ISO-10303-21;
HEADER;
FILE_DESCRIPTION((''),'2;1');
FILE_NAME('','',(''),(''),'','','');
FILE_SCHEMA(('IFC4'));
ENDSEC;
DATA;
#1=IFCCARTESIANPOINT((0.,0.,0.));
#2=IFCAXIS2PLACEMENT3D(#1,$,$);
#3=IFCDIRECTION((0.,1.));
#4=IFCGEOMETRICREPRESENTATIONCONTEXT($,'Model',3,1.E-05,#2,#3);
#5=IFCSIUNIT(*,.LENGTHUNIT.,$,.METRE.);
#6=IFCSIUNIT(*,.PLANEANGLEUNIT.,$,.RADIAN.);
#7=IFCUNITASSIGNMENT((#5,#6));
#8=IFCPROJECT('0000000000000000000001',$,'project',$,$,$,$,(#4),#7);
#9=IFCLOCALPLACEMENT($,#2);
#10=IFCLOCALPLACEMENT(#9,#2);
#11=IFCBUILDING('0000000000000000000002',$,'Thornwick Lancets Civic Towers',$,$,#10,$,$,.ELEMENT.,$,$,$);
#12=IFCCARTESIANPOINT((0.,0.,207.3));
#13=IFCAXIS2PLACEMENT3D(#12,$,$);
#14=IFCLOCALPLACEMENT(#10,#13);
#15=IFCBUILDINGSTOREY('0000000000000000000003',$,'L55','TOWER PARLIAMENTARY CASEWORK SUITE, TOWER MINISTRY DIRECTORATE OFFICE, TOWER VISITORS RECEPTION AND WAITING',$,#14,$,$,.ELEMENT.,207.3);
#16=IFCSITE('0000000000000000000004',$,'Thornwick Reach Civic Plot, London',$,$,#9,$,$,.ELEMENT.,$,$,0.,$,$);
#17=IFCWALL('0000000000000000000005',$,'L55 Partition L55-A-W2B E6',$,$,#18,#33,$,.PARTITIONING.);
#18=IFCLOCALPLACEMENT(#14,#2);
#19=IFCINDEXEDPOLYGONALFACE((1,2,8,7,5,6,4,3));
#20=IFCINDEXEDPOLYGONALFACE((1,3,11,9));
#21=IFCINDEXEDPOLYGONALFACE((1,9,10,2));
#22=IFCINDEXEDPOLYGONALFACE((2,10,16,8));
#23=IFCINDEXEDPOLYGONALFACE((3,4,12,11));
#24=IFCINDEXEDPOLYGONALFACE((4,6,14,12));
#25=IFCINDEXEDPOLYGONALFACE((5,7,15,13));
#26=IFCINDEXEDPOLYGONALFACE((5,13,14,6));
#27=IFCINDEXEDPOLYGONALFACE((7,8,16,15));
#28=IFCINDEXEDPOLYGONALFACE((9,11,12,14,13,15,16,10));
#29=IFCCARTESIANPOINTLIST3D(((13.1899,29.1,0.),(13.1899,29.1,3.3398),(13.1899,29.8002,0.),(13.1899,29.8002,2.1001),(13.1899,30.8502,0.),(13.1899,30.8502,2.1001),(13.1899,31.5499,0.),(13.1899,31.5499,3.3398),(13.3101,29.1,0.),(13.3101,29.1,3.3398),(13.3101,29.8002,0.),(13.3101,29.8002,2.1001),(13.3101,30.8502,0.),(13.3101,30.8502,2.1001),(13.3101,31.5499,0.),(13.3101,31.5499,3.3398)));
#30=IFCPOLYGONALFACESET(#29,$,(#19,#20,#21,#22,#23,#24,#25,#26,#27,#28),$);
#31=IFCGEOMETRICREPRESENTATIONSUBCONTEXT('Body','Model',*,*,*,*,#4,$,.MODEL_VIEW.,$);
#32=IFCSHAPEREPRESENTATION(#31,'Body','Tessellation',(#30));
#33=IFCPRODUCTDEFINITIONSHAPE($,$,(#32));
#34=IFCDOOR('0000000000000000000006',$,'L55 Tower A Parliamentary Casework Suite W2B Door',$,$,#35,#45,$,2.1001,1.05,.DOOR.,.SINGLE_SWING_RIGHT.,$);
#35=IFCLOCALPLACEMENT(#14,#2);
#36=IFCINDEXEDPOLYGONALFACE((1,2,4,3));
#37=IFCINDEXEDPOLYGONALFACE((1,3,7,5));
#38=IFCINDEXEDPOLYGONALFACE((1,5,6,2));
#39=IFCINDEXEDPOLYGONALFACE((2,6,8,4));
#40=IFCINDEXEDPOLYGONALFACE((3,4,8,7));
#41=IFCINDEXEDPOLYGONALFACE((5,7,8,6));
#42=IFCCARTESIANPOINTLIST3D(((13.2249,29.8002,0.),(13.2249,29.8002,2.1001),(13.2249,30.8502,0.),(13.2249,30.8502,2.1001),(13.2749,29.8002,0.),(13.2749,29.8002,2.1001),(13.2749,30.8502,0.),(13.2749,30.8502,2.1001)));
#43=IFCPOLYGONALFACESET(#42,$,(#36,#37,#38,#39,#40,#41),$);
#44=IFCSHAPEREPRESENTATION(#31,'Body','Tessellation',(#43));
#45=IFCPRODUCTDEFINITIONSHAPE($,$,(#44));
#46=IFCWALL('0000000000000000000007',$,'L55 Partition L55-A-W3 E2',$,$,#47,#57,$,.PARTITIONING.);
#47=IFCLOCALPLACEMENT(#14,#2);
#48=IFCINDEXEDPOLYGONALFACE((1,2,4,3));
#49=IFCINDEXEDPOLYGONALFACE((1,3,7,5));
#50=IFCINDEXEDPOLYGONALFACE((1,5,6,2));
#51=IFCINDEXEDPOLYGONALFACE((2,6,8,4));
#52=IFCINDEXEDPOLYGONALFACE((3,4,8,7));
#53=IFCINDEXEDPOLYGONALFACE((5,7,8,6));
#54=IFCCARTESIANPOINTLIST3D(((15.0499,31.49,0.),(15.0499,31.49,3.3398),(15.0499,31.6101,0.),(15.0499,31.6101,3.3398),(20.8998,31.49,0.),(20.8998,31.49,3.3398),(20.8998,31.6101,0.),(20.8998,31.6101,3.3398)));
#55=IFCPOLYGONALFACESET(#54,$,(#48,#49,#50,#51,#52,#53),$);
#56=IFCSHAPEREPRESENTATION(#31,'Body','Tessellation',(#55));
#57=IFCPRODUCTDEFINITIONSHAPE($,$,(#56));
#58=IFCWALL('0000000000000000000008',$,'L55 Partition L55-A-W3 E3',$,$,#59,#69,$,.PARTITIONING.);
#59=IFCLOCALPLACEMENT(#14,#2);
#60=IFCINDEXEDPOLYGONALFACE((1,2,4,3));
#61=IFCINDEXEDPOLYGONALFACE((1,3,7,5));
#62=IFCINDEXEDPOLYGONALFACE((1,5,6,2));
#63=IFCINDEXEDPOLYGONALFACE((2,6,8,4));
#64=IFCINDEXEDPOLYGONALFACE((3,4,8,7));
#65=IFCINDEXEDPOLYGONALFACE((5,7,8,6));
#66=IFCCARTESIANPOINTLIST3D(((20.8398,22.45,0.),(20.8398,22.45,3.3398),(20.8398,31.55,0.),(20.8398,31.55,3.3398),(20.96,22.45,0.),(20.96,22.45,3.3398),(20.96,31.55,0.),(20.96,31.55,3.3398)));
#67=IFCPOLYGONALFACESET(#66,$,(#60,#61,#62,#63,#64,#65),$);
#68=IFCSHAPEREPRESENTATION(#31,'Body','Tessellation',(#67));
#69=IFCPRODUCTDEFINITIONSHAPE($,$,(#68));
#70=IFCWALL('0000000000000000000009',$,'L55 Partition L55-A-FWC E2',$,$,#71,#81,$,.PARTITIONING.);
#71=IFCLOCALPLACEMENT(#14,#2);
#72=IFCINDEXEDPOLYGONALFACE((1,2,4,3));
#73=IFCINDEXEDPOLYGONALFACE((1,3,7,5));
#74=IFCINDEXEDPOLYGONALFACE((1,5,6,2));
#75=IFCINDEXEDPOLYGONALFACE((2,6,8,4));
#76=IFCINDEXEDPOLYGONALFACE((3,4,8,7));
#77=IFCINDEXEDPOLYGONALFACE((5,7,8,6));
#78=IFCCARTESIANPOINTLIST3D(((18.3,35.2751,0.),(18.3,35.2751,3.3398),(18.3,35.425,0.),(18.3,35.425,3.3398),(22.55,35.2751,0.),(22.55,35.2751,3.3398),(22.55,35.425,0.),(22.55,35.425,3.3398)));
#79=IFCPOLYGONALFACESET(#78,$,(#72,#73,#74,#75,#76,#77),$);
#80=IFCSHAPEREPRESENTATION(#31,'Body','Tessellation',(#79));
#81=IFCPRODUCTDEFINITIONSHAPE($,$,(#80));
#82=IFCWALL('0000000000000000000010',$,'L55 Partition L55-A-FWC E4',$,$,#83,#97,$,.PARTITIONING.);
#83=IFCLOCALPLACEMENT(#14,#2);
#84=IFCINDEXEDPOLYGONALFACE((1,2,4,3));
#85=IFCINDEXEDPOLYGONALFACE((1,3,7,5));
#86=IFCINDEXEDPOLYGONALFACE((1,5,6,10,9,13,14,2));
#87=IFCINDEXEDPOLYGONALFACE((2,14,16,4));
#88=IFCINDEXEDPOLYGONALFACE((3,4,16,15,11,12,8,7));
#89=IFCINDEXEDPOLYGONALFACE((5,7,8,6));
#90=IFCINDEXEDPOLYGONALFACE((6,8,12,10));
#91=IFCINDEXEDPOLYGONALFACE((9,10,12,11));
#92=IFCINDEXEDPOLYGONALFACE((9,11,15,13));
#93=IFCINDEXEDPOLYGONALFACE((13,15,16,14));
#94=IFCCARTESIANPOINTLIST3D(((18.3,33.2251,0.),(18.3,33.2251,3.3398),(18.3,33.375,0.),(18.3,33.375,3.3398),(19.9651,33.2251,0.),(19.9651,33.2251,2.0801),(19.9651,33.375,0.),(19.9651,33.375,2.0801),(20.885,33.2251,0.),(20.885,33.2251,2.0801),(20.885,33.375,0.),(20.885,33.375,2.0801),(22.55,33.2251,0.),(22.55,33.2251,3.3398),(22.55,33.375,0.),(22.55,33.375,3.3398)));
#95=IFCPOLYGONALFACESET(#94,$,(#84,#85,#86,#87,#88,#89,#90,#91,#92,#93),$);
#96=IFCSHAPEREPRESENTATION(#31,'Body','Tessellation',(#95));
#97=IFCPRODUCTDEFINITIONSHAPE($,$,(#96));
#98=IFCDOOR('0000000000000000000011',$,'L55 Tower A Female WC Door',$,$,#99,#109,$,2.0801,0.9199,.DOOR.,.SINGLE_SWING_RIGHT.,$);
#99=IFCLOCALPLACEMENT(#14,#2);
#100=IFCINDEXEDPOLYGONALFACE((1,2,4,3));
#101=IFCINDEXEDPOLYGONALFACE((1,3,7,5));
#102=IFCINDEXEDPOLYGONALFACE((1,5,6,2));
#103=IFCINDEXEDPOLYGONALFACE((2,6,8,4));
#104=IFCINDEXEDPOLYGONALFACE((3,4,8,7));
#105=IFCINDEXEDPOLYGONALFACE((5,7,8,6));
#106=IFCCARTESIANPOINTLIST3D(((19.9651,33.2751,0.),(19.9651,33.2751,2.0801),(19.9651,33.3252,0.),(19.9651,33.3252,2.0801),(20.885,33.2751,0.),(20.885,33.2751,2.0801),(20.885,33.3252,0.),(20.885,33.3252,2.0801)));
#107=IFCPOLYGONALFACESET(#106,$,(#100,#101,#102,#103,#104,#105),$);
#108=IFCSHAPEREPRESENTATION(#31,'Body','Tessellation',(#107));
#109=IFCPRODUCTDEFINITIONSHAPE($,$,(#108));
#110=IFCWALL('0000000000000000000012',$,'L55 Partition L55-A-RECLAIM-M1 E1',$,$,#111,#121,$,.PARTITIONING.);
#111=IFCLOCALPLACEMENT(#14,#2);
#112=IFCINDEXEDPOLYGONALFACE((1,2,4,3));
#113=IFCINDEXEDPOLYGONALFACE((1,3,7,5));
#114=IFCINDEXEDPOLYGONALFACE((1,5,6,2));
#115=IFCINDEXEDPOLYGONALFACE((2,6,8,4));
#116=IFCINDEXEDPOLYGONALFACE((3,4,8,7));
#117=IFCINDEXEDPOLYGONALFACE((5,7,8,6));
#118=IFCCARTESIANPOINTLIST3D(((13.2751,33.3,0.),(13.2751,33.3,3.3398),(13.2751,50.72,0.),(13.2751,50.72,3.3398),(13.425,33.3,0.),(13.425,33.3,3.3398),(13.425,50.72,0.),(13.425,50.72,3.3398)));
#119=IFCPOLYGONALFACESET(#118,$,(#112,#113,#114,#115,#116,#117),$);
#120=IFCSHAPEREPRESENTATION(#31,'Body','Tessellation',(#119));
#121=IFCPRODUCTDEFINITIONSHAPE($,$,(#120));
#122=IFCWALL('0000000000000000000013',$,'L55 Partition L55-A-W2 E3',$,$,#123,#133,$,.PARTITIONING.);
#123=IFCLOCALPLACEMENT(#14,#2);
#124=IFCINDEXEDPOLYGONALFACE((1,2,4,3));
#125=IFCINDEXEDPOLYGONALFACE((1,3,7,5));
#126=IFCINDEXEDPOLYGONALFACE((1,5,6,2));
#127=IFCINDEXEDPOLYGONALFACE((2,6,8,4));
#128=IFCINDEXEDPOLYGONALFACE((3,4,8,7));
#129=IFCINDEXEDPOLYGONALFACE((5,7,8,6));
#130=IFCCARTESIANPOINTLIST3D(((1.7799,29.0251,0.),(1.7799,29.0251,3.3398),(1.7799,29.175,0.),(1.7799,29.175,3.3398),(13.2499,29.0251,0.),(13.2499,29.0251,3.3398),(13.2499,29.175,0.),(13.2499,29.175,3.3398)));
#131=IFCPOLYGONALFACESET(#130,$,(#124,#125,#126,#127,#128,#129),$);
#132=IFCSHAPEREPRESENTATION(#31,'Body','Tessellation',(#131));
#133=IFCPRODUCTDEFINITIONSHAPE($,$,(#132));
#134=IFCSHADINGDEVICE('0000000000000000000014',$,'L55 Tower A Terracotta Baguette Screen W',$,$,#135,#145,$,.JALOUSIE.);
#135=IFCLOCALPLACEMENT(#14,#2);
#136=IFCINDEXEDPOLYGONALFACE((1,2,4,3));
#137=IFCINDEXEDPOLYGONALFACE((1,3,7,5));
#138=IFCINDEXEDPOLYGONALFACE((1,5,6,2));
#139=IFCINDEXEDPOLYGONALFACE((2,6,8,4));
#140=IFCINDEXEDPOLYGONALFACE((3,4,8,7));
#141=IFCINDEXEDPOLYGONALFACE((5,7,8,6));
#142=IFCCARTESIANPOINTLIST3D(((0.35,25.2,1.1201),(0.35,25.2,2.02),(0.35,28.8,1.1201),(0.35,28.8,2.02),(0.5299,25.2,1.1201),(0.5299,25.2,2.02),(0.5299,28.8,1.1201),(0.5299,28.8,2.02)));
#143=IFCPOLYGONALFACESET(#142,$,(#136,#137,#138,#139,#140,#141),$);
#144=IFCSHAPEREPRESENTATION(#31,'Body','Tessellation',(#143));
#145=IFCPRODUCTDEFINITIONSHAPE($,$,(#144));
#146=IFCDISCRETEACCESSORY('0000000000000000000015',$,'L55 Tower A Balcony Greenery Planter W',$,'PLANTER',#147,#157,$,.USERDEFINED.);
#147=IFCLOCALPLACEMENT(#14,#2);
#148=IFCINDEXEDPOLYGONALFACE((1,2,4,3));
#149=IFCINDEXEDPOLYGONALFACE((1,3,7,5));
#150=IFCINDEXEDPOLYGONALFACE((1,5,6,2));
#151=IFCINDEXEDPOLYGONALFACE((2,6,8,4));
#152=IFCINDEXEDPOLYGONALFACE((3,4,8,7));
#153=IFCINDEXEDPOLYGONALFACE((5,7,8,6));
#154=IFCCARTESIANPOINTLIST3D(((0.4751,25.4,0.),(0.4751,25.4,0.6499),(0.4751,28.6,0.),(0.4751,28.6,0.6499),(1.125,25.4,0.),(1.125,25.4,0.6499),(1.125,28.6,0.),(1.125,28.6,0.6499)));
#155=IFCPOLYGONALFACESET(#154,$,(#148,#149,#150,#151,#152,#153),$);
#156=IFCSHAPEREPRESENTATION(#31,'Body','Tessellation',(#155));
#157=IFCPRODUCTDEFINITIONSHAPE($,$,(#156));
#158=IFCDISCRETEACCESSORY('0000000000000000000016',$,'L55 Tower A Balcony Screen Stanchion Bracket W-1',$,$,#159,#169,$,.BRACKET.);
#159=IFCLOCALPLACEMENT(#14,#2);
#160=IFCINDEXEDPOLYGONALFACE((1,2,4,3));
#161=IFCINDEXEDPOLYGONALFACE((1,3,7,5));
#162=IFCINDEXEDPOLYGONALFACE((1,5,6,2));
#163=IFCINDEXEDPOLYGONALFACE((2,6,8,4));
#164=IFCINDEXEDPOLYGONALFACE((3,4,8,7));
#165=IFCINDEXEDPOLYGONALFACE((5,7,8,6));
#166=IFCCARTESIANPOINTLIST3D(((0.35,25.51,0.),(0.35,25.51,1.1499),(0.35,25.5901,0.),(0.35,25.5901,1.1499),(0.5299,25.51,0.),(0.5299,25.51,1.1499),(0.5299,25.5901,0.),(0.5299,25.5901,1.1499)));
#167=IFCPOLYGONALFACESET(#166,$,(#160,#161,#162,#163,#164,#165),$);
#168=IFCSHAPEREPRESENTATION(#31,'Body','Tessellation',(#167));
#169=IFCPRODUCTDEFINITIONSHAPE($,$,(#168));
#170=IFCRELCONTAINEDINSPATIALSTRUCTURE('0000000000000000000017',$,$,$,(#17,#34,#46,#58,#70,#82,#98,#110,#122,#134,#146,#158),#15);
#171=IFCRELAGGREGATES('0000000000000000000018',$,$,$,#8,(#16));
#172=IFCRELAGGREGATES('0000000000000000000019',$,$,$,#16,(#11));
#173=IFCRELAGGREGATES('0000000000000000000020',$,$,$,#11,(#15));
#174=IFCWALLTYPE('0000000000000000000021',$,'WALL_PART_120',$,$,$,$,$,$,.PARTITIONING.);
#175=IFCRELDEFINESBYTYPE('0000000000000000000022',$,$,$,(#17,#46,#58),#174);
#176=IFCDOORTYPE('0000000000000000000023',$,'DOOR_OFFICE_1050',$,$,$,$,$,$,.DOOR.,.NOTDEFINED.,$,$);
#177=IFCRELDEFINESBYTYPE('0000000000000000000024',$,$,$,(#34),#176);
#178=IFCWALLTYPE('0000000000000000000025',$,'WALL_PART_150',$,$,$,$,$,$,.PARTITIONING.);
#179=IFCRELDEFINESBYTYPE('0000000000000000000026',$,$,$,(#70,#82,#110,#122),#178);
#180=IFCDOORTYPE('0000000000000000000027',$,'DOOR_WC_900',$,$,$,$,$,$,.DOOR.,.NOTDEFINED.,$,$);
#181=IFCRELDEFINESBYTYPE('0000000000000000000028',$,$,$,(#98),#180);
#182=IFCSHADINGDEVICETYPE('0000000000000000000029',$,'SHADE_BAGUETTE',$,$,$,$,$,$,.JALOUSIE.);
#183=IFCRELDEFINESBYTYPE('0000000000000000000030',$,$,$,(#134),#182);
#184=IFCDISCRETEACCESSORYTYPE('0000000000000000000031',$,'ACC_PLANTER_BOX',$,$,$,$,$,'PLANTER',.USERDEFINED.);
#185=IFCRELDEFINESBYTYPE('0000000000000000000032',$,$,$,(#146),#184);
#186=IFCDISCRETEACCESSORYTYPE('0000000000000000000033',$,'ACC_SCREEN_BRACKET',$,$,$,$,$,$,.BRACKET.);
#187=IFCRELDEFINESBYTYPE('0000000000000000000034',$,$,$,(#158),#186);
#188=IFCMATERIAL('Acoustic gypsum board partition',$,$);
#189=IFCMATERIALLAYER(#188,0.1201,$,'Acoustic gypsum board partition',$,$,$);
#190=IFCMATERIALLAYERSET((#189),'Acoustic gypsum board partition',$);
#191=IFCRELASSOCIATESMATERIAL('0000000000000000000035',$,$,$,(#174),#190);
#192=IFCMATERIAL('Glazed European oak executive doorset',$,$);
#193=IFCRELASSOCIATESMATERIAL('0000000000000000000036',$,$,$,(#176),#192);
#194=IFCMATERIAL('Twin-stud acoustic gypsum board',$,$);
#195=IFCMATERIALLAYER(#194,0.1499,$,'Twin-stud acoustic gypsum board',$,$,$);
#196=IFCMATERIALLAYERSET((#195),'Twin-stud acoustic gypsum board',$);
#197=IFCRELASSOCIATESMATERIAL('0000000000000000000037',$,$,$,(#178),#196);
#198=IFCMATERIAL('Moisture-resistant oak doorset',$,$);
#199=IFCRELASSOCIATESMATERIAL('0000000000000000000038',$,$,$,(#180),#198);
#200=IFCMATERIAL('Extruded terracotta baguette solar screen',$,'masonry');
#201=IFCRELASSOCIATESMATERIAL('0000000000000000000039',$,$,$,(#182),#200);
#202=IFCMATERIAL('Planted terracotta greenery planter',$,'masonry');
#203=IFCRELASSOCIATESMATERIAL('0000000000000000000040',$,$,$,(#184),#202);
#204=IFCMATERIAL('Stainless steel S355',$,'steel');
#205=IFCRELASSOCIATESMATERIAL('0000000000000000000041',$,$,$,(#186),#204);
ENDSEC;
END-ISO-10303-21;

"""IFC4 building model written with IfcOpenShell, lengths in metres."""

from ifc_helpers import new_model, si_unit, direction, frame, frame_2d, origin, origin_2d, place, context, subcontext, project, spatial, rectangle, extrude, material, layer, layer_set, type_object, element, fill, save


model = new_model("IFC4")

# Units and contexts
model_context = context("Model", 3, precision=1e-05, world=origin(), true_north=direction((0.0, 1.0)))
body_context = subcontext(model_context, "Body", "Model", "MODEL_VIEW")
ifc_project = project(units=[si_unit("LENGTHUNIT", "METRE"), si_unit("PLANEANGLEUNIT", "RADIAN")], contexts=[model_context])

# Site, building, storey
site_placement = place(None, origin())
site = spatial("IfcSite", under=ifc_project, at=site_placement, Name="Thornwick Reach Civic Plot, London", CompositionType="ELEMENT", RefElevation=0.0)
building_placement = place(site_placement, origin())
building = spatial("IfcBuilding", under=site, at=building_placement, Name="Thornwick Lancets Civic Towers", CompositionType="ELEMENT")
storey_placement = place(building_placement, frame((0.0, 0.0, 207.3)))
storey = spatial("IfcBuildingStorey", under=building, at=storey_placement, Name="L55", Description="TOWER PARLIAMENTARY CASEWORK SUITE, TOWER MINISTRY DIRECTORATE OFFICE, TOWER VISITORS RECEPTION AND WAITING", CompositionType="ELEMENT", Elevation=207.3)

# Shared definitions
ifc_material_1 = material(Name="Acoustic gypsum board partition")
ifc_layer_1 = layer(ifc_material_1, 0.1201, Name="Acoustic gypsum board partition")
ifc_layer_set_1 = layer_set([ifc_layer_1], Name="Acoustic gypsum board partition")
wall_type_1 = type_object("IfcWallType", Name="WALL_PART_120", PredefinedType="PARTITIONING", material=ifc_layer_set_1)
ifc_material_2 = material(Name="Glazed European oak executive doorset")
door_type_1 = type_object("IfcDoorType", Name="DOOR_OFFICE_1050", OperationType="NOTDEFINED", PredefinedType="DOOR", material=ifc_material_2)

# Wall, opening, door
wall_1_placement = place(storey_placement, frame((13.25, 31.55, 0.0), z_axis=(0.0, 0.0, 1.0), x_axis=(0.0, -1.0, 0.0)))
wall_1 = element("IfcWall", 1, at=wall_1_placement, inside=storey, type_object=wall_type_1, Name="L55 Partition L55-A-W2B E6", PredefinedType="PARTITIONING", context=body_context, shape_type="SweptSolid", body=[
    extrude(rectangle(XDim=2.45, YDim=0.1201, at=frame_2d((1.2251, 0.0))), origin(), (0.0, 0.0, 1.0), 3.3398),
])
opening_1_placement = place(wall_1_placement, frame((0.7, 0.0, 0.0)))
opening_1 = element("IfcOpeningElement", 2, at=opening_1_placement, cuts=wall_1, PredefinedType="OPENING", context=body_context, shape_type="SweptSolid", body=[
    extrude(rectangle(XDim=1.05, YDim=2.1001, at=frame_2d((0.5249, 1.05))), frame((0.0, 0.0701, 0.0), z_axis=(0.0, -1.0, 0.0), x_axis=(1.0, 0.0, 0.0)), (0.0, 0.0, 1.0), 0.1401),
])
door_1_placement = place(opening_1_placement, origin())
door_1 = element("IfcDoor", 3, at=door_1_placement, inside=storey, type_object=door_type_1, Name="L55 Tower A Parliamentary Casework Suite W2B Door", OperationType="SINGLE_SWING_RIGHT", OverallHeight=2.1001, OverallWidth=1.05, PredefinedType="DOOR", context=body_context, shape_type="SweptSolid", body=[
    extrude(rectangle(XDim=1.05, YDim=2.1001, at=frame_2d((0.5249, 1.05))), frame((0.0, 0.0249, 0.0), z_axis=(0.0, -1.0, 0.0), x_axis=(1.0, 0.0, 0.0)), (0.0, 0.0, 1.0), 0.05),
])
fill(opening_1, door_1)

# Walls
wall_2_placement = place(storey_placement, frame((15.05, 31.55, 0.0), z_axis=(0.0, 0.0, 1.0), x_axis=(1.0, 0.0, 0.0)))
element("IfcWall", 4, at=wall_2_placement, inside=storey, type_object=wall_type_1, Name="L55 Partition L55-A-W3 E2", PredefinedType="PARTITIONING", context=body_context, shape_type="SweptSolid", body=[
    extrude(rectangle(XDim=5.8499, YDim=0.1201, at=frame_2d((2.9248, 0.0))), origin(), (0.0, 0.0, 1.0), 3.3398),
])
wall_3_placement = place(storey_placement, frame((20.8999, 31.55, 0.0), z_axis=(0.0, 0.0, 1.0), x_axis=(0.0, -1.0, 0.0)))
element("IfcWall", 5, at=wall_3_placement, inside=storey, type_object=wall_type_1, Name="L55 Partition L55-A-W3 E3", PredefinedType="PARTITIONING", context=body_context, shape_type="SweptSolid", body=[
    extrude(rectangle(XDim=9.1001, YDim=0.1201, at=frame_2d((4.55, 0.0))), origin(), (0.0, 0.0, 1.0), 3.3398),
])
ifc_material_3 = material(Name="Twin-stud acoustic gypsum board")
ifc_layer_2 = layer(ifc_material_3, 0.1499, Name="Twin-stud acoustic gypsum board")
ifc_layer_set_2 = layer_set([ifc_layer_2], Name="Twin-stud acoustic gypsum board")
wall_type_2 = type_object("IfcWallType", Name="WALL_PART_150", PredefinedType="PARTITIONING", material=ifc_layer_set_2)
wall_4_placement = place(storey_placement, frame((18.3, 35.3501, 0.0), z_axis=(0.0, 0.0, 1.0), x_axis=(1.0, 0.0, 0.0)))
element("IfcWall", 6, at=wall_4_placement, inside=storey, type_object=wall_type_2, Name="L55 Partition L55-A-FWC E2", PredefinedType="PARTITIONING", context=body_context, shape_type="SweptSolid", body=[
    extrude(rectangle(XDim=4.25, YDim=0.1499, at=frame_2d((2.125, 0.0))), origin(), (0.0, 0.0, 1.0), 3.3398),
])

# Wall, opening, door
wall_5_placement = place(storey_placement, frame((22.55, 33.3, 0.0), z_axis=(0.0, 0.0, 1.0), x_axis=(-1.0, 0.0, 0.0)))
wall_5 = element("IfcWall", 7, at=wall_5_placement, inside=storey, type_object=wall_type_2, Name="L55 Partition L55-A-FWC E4", PredefinedType="PARTITIONING", context=body_context, shape_type="SweptSolid", body=[
    extrude(rectangle(XDim=4.25, YDim=0.1499, at=frame_2d((2.125, 0.0))), origin(), (0.0, 0.0, 1.0), 3.3398),
])
opening_2_placement = place(wall_5_placement, frame((1.665, 0.0, 0.0)))
opening_2 = element("IfcOpeningElement", 8, at=opening_2_placement, cuts=wall_5, PredefinedType="OPENING", context=body_context, shape_type="SweptSolid", body=[
    extrude(rectangle(XDim=0.9199, YDim=2.0801, at=frame_2d((0.46, 1.04))), frame((0.0, 0.085, 0.0), z_axis=(0.0, -1.0, 0.0), x_axis=(1.0, 0.0, 0.0)), (0.0, 0.0, 1.0), 0.1699),
])
ifc_material_4 = material(Name="Moisture-resistant oak doorset")
door_type_2 = type_object("IfcDoorType", Name="DOOR_WC_900", OperationType="NOTDEFINED", PredefinedType="DOOR", material=ifc_material_4)
door_2_placement = place(opening_2_placement, origin())
door_2 = element("IfcDoor", 9, at=door_2_placement, inside=storey, type_object=door_type_2, Name="L55 Tower A Female WC Door", OperationType="SINGLE_SWING_RIGHT", OverallHeight=2.0801, OverallWidth=0.9199, PredefinedType="DOOR", context=body_context, shape_type="SweptSolid", body=[
    extrude(rectangle(XDim=0.9199, YDim=2.0801, at=frame_2d((0.46, 1.04))), frame((0.0, 0.0249, 0.0), z_axis=(0.0, -1.0, 0.0), x_axis=(1.0, 0.0, 0.0)), (0.0, 0.0, 1.0), 0.05),
])
fill(opening_2, door_2)

# Wall
wall_6_placement = place(storey_placement, frame((13.3501, 33.3, 0.0), z_axis=(0.0, 0.0, 1.0), x_axis=(0.0, 1.0, 0.0)))
element("IfcWall", 10, at=wall_6_placement, inside=storey, type_object=wall_type_2, Name="L55 Partition L55-A-RECLAIM-M1 E1", PredefinedType="PARTITIONING", context=body_context, shape_type="SweptSolid", body=[
    extrude(rectangle(XDim=17.4199, YDim=0.1499, at=frame_2d((8.71, 0.0))), origin(), (0.0, 0.0, 1.0), 3.3398),
])

# Wall
wall_7_placement = place(storey_placement, frame((1.78, 29.1001, 0.0), z_axis=(0.0, 0.0, 1.0), x_axis=(1.0, 0.0, 0.0)))
element("IfcWall", 11, at=wall_7_placement, inside=storey, type_object=wall_type_2, Name="L55 Partition L55-A-W2 E3", PredefinedType="PARTITIONING", context=body_context, shape_type="SweptSolid", body=[
    extrude(rectangle(XDim=11.47, YDim=0.1499, at=frame_2d((5.7349, 0.0))), origin(), (0.0, 0.0, 1.0), 3.3398),
])

# Shading device
ifc_material_5 = material(Name="Extruded terracotta baguette solar screen", Category="masonry")
shading_device_type = type_object("IfcShadingDeviceType", Name="SHADE_BAGUETTE", PredefinedType="JALOUSIE", material=ifc_material_5)
shading_device_placement = place(storey_placement, frame((0.4399, 27.0, 1.1201), z_axis=(0.0, 0.0, 1.0), x_axis=(0.0, 1.0, 0.0)))
element("IfcShadingDevice", 12, at=shading_device_placement, inside=storey, type_object=shading_device_type, Name="L55 Tower A Terracotta Baguette Screen W", PredefinedType="JALOUSIE", context=body_context, shape_type="SweptSolid", body=[
    extrude(rectangle(XDim=3.6001, YDim=0.1799, at=origin_2d()), origin(), (0.0, 0.0, 1.0), 0.8999),
])

# Discrete accessories
ifc_material_6 = material(Name="Planted terracotta greenery planter", Category="masonry")
discrete_accessory_type_1 = type_object("IfcDiscreteAccessoryType", Name="ACC_PLANTER_BOX", ElementType="PLANTER", PredefinedType="USERDEFINED", material=ifc_material_6)
discrete_accessory_1_placement = place(storey_placement, frame((0.8, 27.0, 0.0), z_axis=(0.0, 0.0, 1.0), x_axis=(1.0, 0.0, 0.0)))
element("IfcDiscreteAccessory", 13, at=discrete_accessory_1_placement, inside=storey, type_object=discrete_accessory_type_1, Name="L55 Tower A Balcony Greenery Planter W", ObjectType="PLANTER", PredefinedType="USERDEFINED", context=body_context, shape_type="SweptSolid", body=[
    extrude(rectangle(XDim=0.6499, YDim=3.2, at=origin_2d()), origin(), (0.0, 0.0, 1.0), 0.6499),
])
ifc_material_7 = material(Name="Stainless steel S355", Category="steel")
discrete_accessory_type_2 = type_object("IfcDiscreteAccessoryType", Name="ACC_SCREEN_BRACKET", PredefinedType="BRACKET", material=ifc_material_7)
discrete_accessory_2_placement = place(storey_placement, frame((0.4399, 25.55, 0.0), z_axis=(0.0, 0.0, 1.0), x_axis=(0.0, 1.0, 0.0)))
element("IfcDiscreteAccessory", 14, at=discrete_accessory_2_placement, inside=storey, type_object=discrete_accessory_type_2, Name="L55 Tower A Balcony Screen Stanchion Bracket W-1", PredefinedType="BRACKET", context=body_context, shape_type="SweptSolid", body=[
    extrude(rectangle(XDim=0.0801, YDim=0.1799, at=origin_2d()), origin(), (0.0, 0.0, 1.0), 1.1499),
])

save(model, "model.ifc")
